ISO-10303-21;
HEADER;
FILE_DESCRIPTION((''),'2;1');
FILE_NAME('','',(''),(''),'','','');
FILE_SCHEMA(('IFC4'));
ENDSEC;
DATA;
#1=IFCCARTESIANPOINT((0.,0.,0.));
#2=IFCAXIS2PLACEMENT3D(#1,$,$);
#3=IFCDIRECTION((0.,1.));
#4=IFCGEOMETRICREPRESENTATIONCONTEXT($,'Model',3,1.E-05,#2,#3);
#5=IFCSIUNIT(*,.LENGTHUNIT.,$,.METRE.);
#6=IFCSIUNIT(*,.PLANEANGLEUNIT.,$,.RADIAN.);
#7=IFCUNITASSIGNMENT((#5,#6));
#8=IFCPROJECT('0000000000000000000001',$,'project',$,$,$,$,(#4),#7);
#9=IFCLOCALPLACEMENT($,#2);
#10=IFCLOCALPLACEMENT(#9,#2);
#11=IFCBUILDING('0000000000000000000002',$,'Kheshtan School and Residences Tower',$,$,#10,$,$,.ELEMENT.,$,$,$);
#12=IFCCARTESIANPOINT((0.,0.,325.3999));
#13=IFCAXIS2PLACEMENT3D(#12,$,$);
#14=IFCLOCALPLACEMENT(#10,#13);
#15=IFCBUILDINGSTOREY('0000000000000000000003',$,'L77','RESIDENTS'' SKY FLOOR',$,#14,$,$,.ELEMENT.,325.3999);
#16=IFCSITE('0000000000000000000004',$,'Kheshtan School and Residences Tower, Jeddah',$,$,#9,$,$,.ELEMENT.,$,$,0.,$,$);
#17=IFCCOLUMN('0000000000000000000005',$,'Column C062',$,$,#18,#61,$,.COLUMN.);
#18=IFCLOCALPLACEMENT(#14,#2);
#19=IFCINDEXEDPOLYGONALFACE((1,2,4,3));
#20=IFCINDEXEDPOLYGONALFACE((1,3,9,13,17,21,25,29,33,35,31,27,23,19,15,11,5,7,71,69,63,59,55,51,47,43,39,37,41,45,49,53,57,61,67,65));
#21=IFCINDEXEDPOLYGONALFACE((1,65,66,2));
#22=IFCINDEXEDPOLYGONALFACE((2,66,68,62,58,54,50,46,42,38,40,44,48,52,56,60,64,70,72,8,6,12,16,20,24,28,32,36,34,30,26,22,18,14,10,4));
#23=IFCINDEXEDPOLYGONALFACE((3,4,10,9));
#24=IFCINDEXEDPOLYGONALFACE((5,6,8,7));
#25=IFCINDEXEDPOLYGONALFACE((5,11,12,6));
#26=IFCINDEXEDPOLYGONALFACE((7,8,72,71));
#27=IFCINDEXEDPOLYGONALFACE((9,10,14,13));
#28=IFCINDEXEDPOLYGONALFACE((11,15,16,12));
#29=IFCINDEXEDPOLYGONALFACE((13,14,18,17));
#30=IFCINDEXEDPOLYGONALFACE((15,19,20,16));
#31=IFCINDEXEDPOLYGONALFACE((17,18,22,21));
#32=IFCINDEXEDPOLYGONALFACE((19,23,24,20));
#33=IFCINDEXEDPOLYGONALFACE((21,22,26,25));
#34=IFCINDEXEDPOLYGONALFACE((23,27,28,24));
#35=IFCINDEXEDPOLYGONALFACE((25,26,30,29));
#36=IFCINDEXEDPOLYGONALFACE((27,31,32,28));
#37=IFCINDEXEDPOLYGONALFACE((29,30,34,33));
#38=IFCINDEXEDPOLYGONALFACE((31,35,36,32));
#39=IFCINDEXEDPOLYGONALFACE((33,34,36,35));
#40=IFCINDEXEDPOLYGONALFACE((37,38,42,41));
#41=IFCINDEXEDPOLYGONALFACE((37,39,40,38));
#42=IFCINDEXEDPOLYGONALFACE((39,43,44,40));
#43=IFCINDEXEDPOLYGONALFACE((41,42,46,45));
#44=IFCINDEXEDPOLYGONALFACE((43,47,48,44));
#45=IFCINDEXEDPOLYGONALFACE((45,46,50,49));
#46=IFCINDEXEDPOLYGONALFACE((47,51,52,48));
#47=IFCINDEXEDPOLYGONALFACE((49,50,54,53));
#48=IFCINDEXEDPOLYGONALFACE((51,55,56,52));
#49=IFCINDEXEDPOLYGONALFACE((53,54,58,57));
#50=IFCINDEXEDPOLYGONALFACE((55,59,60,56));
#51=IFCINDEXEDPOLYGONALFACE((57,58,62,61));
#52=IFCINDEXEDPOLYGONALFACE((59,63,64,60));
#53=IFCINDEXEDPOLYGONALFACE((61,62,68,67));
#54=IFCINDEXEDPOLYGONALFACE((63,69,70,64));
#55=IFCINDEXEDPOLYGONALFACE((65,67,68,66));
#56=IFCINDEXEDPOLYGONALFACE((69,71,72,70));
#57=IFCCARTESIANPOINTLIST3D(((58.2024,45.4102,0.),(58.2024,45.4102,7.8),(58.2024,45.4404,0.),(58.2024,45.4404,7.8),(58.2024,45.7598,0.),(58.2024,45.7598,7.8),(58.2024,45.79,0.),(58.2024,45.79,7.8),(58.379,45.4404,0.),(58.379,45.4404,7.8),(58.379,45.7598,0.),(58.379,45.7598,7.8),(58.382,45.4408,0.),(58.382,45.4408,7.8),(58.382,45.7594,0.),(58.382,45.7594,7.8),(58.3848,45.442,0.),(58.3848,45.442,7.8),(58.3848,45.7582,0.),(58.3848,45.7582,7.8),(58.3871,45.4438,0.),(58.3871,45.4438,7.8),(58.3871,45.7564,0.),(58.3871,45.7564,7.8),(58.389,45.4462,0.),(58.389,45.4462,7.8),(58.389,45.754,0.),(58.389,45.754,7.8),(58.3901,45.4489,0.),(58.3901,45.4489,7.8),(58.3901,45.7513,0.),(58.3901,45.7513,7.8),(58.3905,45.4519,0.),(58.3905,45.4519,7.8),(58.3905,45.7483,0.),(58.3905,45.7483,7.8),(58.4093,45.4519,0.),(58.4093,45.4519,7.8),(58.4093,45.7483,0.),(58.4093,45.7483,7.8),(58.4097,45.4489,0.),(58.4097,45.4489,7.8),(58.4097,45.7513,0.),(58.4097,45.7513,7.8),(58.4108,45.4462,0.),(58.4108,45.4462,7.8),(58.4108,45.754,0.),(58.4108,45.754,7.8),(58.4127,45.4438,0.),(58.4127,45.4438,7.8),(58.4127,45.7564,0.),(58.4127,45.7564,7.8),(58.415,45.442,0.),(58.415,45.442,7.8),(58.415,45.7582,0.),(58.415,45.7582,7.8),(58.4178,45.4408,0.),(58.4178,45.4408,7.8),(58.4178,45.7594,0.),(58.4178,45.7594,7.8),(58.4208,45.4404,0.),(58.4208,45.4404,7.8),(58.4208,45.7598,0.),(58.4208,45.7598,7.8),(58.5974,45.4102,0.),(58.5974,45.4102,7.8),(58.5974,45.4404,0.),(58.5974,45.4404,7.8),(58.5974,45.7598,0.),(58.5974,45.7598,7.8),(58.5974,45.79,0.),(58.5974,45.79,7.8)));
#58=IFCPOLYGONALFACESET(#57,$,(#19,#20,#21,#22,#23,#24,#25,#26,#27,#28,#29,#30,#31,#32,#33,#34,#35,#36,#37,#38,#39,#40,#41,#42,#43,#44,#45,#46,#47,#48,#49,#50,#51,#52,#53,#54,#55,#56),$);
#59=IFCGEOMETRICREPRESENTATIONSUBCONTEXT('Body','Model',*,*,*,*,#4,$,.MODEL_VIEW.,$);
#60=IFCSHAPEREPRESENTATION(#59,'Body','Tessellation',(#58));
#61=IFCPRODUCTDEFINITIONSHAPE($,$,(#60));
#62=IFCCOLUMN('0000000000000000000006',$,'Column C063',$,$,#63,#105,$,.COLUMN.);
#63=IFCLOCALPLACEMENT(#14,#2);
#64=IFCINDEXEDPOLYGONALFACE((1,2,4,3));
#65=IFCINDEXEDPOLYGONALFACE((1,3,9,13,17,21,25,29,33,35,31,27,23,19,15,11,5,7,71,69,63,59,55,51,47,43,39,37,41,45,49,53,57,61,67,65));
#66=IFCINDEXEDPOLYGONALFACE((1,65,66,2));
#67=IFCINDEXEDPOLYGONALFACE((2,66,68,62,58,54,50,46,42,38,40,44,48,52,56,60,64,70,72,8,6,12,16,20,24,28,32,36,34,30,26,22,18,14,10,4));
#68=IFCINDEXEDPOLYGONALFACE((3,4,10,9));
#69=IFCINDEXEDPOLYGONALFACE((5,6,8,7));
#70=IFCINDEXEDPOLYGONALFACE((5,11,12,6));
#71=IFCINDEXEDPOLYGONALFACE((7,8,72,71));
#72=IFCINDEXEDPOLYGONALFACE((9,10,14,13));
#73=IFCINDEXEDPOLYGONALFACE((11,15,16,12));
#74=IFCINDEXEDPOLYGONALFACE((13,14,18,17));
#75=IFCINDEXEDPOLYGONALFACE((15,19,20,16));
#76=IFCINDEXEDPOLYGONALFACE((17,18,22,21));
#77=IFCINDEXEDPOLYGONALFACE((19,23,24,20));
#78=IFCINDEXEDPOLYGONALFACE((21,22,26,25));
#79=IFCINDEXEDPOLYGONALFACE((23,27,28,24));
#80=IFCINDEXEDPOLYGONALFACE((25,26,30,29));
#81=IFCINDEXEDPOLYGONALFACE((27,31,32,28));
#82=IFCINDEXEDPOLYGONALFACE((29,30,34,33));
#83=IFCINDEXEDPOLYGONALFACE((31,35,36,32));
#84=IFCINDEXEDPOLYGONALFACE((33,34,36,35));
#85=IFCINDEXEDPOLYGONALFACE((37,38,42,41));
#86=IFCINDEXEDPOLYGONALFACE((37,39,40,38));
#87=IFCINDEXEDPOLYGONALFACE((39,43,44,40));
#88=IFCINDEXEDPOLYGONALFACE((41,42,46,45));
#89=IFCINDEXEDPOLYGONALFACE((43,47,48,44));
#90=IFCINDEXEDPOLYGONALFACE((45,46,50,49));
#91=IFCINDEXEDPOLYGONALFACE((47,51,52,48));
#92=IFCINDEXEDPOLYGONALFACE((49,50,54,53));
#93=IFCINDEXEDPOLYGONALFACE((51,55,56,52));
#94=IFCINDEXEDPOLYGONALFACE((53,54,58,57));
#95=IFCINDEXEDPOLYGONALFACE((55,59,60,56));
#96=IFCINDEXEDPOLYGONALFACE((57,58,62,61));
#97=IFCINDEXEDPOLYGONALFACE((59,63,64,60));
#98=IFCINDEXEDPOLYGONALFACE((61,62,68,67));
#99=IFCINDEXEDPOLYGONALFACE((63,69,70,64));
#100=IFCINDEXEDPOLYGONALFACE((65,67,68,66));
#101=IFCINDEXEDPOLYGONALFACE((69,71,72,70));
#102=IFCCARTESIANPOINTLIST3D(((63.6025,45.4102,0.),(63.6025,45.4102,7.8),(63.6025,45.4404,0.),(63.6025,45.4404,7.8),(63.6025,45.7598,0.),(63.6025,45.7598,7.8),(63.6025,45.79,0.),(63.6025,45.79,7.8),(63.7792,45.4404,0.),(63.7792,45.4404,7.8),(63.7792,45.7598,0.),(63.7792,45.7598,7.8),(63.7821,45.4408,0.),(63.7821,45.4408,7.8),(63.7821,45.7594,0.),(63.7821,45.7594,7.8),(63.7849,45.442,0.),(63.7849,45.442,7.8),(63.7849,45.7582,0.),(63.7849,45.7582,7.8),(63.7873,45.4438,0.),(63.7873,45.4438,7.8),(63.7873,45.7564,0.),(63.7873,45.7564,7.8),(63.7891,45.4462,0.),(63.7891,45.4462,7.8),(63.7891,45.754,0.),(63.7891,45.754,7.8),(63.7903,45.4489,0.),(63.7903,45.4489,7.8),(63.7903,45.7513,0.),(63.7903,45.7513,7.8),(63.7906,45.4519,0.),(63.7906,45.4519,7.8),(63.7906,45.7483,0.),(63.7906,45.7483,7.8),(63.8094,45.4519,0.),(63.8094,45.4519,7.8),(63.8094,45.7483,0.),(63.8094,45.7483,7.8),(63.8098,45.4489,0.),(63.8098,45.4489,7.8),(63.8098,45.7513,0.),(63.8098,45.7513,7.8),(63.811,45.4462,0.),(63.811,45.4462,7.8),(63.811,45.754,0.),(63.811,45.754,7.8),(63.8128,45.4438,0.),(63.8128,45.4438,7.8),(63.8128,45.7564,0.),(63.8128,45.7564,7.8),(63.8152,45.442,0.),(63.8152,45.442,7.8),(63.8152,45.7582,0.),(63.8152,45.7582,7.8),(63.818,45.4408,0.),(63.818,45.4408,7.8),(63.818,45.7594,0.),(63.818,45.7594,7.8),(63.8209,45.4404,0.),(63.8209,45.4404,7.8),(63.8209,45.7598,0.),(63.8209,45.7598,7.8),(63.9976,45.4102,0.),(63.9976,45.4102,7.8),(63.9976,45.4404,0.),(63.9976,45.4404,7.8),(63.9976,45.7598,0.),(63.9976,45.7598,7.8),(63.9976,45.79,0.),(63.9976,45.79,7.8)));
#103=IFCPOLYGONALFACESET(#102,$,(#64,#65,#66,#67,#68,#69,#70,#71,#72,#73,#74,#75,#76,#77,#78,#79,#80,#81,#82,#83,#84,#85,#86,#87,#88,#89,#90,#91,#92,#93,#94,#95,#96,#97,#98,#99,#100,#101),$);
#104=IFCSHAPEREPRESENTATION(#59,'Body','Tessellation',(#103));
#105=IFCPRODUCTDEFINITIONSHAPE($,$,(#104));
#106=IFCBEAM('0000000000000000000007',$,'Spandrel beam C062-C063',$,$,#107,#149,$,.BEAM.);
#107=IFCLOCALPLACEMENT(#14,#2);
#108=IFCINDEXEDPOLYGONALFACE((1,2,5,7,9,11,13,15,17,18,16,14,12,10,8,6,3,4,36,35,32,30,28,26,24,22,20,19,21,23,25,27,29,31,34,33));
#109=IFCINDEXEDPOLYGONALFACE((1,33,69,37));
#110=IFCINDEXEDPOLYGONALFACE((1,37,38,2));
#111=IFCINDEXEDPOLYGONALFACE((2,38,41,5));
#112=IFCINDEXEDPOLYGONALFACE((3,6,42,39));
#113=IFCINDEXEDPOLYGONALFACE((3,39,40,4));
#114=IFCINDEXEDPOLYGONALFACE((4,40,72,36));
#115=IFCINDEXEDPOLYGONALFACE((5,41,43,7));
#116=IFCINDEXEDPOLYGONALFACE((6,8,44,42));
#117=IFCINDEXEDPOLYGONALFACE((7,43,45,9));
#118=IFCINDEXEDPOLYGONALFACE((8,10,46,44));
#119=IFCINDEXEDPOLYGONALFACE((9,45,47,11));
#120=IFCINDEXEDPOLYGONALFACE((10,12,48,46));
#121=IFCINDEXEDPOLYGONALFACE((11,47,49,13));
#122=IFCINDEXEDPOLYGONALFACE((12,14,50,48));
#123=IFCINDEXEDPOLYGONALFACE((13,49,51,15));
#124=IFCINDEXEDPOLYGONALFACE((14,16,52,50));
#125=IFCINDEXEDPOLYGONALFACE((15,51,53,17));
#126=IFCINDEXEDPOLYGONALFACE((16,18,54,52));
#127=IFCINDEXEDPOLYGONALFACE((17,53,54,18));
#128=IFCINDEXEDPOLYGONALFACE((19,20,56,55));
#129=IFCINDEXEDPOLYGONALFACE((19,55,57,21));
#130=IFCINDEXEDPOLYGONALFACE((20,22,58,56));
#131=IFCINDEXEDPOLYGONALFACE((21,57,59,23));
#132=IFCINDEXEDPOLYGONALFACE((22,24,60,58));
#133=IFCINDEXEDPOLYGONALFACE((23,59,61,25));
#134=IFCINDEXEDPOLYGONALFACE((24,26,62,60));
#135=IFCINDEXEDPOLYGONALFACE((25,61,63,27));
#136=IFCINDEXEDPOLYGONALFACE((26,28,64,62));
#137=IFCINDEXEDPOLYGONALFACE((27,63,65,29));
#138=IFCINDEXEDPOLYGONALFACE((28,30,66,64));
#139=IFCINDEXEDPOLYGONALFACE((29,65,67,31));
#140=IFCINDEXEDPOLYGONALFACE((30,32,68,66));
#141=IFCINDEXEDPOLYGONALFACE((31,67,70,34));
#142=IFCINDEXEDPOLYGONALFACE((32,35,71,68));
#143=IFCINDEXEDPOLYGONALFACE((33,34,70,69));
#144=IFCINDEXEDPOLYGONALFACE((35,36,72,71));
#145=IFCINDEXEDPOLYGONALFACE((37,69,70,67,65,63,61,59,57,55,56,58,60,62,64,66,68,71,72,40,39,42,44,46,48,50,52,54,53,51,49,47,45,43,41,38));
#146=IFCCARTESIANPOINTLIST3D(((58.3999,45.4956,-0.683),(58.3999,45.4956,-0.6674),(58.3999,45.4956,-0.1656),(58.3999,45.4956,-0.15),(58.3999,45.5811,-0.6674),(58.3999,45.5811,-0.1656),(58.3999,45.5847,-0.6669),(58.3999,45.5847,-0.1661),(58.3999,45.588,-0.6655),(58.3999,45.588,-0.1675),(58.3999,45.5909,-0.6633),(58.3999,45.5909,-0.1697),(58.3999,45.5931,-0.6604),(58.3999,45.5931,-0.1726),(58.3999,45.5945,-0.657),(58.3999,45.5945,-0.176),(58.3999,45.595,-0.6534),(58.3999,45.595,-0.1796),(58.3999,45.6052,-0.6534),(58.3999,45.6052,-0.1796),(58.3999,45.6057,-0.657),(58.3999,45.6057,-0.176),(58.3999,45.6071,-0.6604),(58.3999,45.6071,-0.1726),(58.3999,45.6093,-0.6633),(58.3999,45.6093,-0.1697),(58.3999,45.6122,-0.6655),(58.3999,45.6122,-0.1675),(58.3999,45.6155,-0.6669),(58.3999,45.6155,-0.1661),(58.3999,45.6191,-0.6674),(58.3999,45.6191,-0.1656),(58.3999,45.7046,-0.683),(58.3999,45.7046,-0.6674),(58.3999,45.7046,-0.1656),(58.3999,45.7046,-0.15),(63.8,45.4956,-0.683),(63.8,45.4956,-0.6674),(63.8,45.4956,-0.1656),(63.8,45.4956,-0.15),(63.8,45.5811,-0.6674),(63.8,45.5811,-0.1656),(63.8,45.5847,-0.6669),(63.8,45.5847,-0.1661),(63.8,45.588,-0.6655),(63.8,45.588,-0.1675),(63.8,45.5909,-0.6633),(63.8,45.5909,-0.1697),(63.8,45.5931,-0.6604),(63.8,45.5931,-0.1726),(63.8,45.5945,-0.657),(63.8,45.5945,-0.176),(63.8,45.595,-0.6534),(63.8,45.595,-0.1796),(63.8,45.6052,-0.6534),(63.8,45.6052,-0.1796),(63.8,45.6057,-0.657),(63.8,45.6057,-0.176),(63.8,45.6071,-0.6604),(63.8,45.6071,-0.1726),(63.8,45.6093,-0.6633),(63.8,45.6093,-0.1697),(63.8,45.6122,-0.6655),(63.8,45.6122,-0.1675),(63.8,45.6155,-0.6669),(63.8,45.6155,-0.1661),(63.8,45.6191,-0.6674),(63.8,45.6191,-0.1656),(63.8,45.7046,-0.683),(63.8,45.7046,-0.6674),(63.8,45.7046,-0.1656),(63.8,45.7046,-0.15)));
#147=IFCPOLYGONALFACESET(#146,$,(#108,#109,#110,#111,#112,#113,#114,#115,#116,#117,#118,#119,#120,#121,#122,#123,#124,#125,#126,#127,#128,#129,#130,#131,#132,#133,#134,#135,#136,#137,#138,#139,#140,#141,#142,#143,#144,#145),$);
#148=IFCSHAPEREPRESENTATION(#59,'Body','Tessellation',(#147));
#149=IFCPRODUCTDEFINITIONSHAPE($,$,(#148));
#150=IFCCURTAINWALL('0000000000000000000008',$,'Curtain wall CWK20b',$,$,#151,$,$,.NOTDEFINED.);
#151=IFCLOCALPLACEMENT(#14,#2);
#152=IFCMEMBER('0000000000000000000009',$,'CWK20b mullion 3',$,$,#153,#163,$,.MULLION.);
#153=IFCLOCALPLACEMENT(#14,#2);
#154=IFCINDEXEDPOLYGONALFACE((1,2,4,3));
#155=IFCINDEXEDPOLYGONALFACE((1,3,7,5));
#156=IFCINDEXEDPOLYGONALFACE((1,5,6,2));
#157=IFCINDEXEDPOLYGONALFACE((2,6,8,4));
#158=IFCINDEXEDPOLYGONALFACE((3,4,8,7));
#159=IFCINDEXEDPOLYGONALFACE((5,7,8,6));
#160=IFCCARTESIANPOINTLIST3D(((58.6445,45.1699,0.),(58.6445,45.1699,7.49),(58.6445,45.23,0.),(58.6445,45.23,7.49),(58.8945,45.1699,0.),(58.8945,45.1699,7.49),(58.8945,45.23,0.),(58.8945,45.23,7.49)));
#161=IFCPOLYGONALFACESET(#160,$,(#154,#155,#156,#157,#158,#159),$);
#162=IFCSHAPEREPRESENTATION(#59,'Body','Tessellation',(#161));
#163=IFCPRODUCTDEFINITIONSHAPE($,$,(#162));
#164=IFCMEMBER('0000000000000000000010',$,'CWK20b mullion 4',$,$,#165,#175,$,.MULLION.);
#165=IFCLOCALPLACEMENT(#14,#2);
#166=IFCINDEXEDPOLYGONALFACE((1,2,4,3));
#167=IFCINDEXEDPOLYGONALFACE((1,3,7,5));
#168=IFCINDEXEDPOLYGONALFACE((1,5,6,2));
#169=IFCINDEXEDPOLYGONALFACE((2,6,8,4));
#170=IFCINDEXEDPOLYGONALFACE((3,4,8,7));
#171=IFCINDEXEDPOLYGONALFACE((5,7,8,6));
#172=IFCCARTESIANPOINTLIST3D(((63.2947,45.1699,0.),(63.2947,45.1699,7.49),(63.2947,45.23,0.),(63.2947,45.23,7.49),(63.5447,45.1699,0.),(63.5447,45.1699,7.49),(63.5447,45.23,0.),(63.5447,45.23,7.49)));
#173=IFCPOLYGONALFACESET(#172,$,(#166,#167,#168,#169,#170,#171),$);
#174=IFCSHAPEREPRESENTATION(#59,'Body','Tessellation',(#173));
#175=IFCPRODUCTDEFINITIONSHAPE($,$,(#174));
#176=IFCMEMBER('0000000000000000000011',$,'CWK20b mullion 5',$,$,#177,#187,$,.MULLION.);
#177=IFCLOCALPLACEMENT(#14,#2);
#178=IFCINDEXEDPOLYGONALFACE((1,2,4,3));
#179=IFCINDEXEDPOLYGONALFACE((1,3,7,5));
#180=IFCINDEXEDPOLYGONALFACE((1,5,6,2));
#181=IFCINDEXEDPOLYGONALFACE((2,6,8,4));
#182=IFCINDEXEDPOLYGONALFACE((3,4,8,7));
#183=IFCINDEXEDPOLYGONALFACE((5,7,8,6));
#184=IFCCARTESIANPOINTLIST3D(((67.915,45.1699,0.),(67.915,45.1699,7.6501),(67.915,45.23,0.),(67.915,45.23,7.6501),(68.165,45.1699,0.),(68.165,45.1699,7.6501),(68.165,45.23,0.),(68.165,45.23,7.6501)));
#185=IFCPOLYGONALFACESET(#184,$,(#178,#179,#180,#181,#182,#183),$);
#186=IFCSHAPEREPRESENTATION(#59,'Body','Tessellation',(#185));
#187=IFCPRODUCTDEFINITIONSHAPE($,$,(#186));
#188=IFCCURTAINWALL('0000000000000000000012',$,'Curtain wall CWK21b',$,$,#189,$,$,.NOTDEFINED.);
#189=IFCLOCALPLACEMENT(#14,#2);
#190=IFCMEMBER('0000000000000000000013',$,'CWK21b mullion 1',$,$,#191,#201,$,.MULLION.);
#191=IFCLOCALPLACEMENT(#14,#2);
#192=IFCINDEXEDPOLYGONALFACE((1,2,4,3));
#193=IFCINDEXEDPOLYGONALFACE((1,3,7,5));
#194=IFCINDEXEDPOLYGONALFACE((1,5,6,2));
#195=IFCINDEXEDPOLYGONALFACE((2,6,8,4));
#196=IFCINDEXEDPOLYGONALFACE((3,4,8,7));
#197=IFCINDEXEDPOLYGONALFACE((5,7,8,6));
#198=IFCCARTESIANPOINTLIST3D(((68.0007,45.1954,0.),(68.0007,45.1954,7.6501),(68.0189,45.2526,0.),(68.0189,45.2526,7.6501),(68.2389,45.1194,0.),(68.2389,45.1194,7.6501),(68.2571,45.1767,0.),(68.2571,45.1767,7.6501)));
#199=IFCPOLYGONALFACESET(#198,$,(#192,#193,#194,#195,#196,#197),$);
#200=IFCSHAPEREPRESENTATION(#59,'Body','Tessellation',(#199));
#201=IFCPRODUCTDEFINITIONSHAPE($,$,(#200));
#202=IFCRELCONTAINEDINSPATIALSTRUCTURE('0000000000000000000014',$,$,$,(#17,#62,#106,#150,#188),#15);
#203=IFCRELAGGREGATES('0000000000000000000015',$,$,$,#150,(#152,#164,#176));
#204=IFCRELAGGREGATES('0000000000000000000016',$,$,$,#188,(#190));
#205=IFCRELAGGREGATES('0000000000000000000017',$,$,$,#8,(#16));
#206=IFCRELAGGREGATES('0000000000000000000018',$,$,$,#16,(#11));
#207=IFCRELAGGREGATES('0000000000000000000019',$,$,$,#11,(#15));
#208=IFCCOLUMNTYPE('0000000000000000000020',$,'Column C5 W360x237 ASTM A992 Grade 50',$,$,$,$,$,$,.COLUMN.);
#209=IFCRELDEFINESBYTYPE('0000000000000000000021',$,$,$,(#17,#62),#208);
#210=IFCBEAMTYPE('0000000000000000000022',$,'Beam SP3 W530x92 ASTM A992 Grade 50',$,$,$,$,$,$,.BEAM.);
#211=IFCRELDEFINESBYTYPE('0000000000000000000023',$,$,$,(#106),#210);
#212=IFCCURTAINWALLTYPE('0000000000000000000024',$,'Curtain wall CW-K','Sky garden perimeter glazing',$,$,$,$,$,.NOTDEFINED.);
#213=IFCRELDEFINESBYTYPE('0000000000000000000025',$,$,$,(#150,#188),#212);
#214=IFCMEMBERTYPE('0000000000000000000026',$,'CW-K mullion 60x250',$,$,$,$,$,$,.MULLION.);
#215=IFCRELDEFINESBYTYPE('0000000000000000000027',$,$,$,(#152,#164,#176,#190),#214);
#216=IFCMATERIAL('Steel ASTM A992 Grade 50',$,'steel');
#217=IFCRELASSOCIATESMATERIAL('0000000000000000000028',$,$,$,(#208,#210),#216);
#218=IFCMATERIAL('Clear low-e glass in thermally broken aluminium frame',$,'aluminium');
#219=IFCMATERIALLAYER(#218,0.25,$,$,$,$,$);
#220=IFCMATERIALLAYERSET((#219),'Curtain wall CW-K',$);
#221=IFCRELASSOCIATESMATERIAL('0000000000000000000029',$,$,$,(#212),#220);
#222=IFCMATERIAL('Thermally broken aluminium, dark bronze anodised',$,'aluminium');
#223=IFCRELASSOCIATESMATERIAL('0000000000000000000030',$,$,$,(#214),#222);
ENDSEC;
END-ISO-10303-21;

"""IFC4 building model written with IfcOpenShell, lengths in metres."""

from ifc_helpers import new_model, si_unit, direction, frame, origin, origin_2d, place, context, subcontext, project, spatial, rectangle, i_section, extrude, material, layer, layer_set, material_profile, profile_set, type_object, element, aggregate, save


model = new_model("IFC4")

# Units and contexts
model_context = context("Model", 3, precision=1e-05, world=origin(), true_north=direction((0.0, 1.0)))
body_context = subcontext(model_context, "Body", "Model", "MODEL_VIEW")
ifc_project = project(units=[si_unit("LENGTHUNIT", "METRE"), si_unit("PLANEANGLEUNIT", "RADIAN")], contexts=[model_context])

# Site, building, storey
site_placement = place(None, origin())
site = spatial("IfcSite", under=ifc_project, at=site_placement, Name="Kheshtan School and Residences Tower, Jeddah", CompositionType="ELEMENT", RefElevation=0.0)
building_placement = place(site_placement, origin())
building = spatial("IfcBuilding", under=site, at=building_placement, Name="Kheshtan School and Residences Tower", CompositionType="ELEMENT")
storey_placement = place(building_placement, frame((0.0, 0.0, 325.3999)))
storey = spatial("IfcBuildingStorey", under=building, at=storey_placement, Name="L77", Description="RESIDENTS' SKY FLOOR", CompositionType="ELEMENT", Elevation=325.3999)

# Columns
ifc_material_1 = material(Name="Steel ASTM A992 Grade 50", Category="steel")
ifc_material_profile_1 = material_profile(ifc_material_1, i_section(OverallWidth=0.395, OverallDepth=0.3799, WebThickness=0.0188, FlangeThickness=0.0303, FilletRadius=0.0115, at=origin_2d()), Name="W360x237")
ifc_profile_set_1 = profile_set([ifc_material_profile_1], Name="Steel ASTM A992 Grade 50")
column_type = type_object("IfcColumnType", Name="Column C5 W360x237 ASTM A992 Grade 50", PredefinedType="COLUMN", material=ifc_profile_set_1)
for number, where, z_axis, x_axis, name in (
    (1, (58.3999, 45.6001, 0.0), (0.0, 0.0, 1.0), (1.0, 0.0, 0.0), "Column C062"),
    (2, (63.8, 45.6001, 0.0), (0.0, 0.0, 1.0), (1.0, 0.0, 0.0), "Column C063"),
):
    element("IfcColumn", number, at=place(storey_placement, frame(where, z_axis=z_axis, x_axis=x_axis)), inside=storey, type_object=column_type, Name=name, PredefinedType="COLUMN", context=body_context, shape_type="SweptSolid", body=[
        extrude(i_section(OverallWidth=0.395, OverallDepth=0.3799, WebThickness=0.0188, FlangeThickness=0.0303, FilletRadius=0.0115, at=origin_2d()), origin(), (0.0, 0.0, 1.0), 7.8),
    ])

# Beam
ifc_material_profile_2 = material_profile(ifc_material_1, i_section(OverallWidth=0.209, OverallDepth=0.533, WebThickness=0.0103, FlangeThickness=0.0156, FilletRadius=0.0139, at=origin_2d()), Name="W530x92")
ifc_profile_set_2 = profile_set([ifc_material_profile_2], Name="Steel ASTM A992 Grade 50")
beam_type_1 = type_object("IfcBeamType", Name="Beam SP3 W530x92 ASTM A992 Grade 50", PredefinedType="BEAM", material=ifc_profile_set_2)
beam_1_placement = place(storey_placement, frame((58.3999, 45.6001, -0.4165), z_axis=(1.0, 0.0, 0.0), x_axis=(0.0, 1.0, 0.0)))
element("IfcBeam", 3, at=beam_1_placement, inside=storey, type_object=beam_type_1, Name="Spandrel beam C062-C063", PredefinedType="BEAM", context=body_context, shape_type="SweptSolid", body=[
    extrude(i_section(OverallWidth=0.209, OverallDepth=0.533, WebThickness=0.0103, FlangeThickness=0.0156, FilletRadius=0.0139, at=origin_2d()), origin(), (0.0, 0.0, 1.0), 5.4001),
])

# Curtain walls, members
ifc_material_2 = material(Name="Clear low-e glass in thermally broken aluminium frame", Category="aluminium")
ifc_layer_1 = layer(ifc_material_2, 0.25)
ifc_layer_set_1 = layer_set([ifc_layer_1], Name="Curtain wall CW-K")
curtain_wall_type = type_object("IfcCurtainWallType", Name="Curtain wall CW-K", Description="Sky garden perimeter glazing", PredefinedType="NOTDEFINED", material=ifc_layer_set_1)
curtain_wall_1_placement = place(storey_placement, origin())
curtain_wall_1 = element("IfcCurtainWall", 4, at=curtain_wall_1_placement, inside=storey, type_object=curtain_wall_type, Name="Curtain wall CWK20b", PredefinedType="NOTDEFINED")
ifc_material_3 = material(Name="Thermally broken aluminium, dark bronze anodised", Category="aluminium")
ifc_material_profile_3 = material_profile(ifc_material_3, rectangle(XDim=0.0601, YDim=0.25, at=origin_2d()), Name="CW-K mullion 60x250")
ifc_profile_set_3 = profile_set([ifc_material_profile_3], Name="Thermally broken aluminium, dark bronze anodised")
member_type_1 = type_object("IfcMemberType", Name="CW-K mullion 60x250", PredefinedType="MULLION", material=ifc_profile_set_3)
member_1_placement = place(storey_placement, frame((58.7695, 45.2, 0.0), z_axis=(0.0, 0.0, 1.0), x_axis=(0.0, 1.0, 0.0)))
member_1 = element("IfcMember", 5, at=member_1_placement, type_object=member_type_1, Name="CWK20b mullion 3", PredefinedType="MULLION", context=body_context, shape_type="SweptSolid", body=[
    extrude(rectangle(XDim=0.0601, YDim=0.25, at=origin_2d()), origin(), (0.0, 0.0, 1.0), 7.49),
])
member_2_placement = place(storey_placement, frame((63.4197, 45.2, 0.0), z_axis=(0.0, 0.0, 1.0), x_axis=(0.0, 1.0, 0.0)))
member_2 = element("IfcMember", 6, at=member_2_placement, type_object=member_type_1, Name="CWK20b mullion 4", PredefinedType="MULLION", context=body_context, shape_type="SweptSolid", body=[
    extrude(rectangle(XDim=0.0601, YDim=0.25, at=origin_2d()), origin(), (0.0, 0.0, 1.0), 7.49),
])
member_3_placement = place(storey_placement, frame((68.04, 45.2, 0.0), z_axis=(0.0, 0.0, 1.0), x_axis=(0.0, 1.0, 0.0)))
member_3 = element("IfcMember", 7, at=member_3_placement, type_object=member_type_1, Name="CWK20b mullion 5", PredefinedType="MULLION", context=body_context, shape_type="SweptSolid", body=[
    extrude(rectangle(XDim=0.0601, YDim=0.25, at=origin_2d()), origin(), (0.0, 0.0, 1.0), 7.6501),
])
curtain_wall_2_placement = place(storey_placement, origin())
curtain_wall_2 = element("IfcCurtainWall", 8, at=curtain_wall_2_placement, inside=storey, type_object=curtain_wall_type, Name="Curtain wall CWK21b", PredefinedType="NOTDEFINED")
member_4_placement = place(storey_placement, frame((68.1289, 45.186, 0.0), z_axis=(0.0, 0.0, 1.0), x_axis=(0.3039, 0.952704, 0.0)))
member_4 = element("IfcMember", 9, at=member_4_placement, type_object=member_type_1, Name="CWK21b mullion 1", PredefinedType="MULLION", context=body_context, shape_type="SweptSolid", body=[
    extrude(rectangle(XDim=0.0601, YDim=0.25, at=origin_2d()), origin(), (0.0, 0.0, 1.0), 7.6501),
])

aggregate(curtain_wall_1, [member_1, member_2, member_3])
aggregate(curtain_wall_2, [member_4])

save(model, "model.ifc")
